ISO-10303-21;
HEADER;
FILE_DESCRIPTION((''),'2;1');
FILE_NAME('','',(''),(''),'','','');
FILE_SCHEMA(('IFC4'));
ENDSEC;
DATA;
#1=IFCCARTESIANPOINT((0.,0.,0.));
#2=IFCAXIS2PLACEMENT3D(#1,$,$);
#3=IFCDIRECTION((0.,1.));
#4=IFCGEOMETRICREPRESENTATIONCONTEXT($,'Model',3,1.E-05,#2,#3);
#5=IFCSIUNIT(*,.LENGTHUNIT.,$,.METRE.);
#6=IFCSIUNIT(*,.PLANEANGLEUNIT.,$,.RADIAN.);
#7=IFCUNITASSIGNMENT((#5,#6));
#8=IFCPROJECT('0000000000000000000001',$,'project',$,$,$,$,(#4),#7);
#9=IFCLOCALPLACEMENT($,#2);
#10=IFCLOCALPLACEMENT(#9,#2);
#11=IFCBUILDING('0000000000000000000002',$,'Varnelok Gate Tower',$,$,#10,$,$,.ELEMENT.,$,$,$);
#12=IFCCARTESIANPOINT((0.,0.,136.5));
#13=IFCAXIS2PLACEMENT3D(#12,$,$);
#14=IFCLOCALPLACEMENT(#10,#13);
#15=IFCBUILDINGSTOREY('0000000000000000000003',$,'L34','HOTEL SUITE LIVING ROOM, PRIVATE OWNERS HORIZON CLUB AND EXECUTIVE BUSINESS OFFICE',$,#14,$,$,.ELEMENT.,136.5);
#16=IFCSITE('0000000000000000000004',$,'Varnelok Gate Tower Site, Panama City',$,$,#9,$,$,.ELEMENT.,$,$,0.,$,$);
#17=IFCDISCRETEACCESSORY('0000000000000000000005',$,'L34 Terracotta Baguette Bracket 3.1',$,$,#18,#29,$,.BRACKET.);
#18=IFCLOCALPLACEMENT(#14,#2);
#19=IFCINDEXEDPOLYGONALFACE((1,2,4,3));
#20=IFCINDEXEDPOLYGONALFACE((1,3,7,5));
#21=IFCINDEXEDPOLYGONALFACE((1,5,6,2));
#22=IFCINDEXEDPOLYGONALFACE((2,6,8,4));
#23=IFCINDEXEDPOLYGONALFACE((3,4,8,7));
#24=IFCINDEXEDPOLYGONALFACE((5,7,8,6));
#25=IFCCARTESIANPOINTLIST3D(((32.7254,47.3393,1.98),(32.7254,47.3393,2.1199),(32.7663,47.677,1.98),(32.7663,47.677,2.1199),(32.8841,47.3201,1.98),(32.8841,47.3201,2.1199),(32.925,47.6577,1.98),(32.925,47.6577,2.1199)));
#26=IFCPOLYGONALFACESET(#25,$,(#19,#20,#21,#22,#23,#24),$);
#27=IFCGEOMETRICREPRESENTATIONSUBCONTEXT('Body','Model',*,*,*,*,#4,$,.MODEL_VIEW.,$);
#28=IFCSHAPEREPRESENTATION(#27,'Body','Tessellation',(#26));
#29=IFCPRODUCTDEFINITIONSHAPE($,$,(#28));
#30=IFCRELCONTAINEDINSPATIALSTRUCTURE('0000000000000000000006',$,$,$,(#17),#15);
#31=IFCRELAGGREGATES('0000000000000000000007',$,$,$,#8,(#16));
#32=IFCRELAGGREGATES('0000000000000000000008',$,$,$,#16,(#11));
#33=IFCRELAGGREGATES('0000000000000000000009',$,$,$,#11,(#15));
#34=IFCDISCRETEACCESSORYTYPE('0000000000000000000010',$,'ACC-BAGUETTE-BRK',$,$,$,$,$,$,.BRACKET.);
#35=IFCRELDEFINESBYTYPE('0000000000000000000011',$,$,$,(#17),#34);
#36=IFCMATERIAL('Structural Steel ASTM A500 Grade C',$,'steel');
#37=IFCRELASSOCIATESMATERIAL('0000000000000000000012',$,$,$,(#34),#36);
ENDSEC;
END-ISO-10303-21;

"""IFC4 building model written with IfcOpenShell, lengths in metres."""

from ifc_helpers import new_model, si_unit, direction, frame, origin, origin_2d, place, context, subcontext, project, spatial, rectangle, extrude, source, transform, mapped, material, type_object, element, save


model = new_model("IFC4")

# Units and contexts
model_context = context("Model", 3, precision=1e-05, world=origin(), true_north=direction((0.0, 1.0)))
body_context = subcontext(model_context, "Body", "Model", "MODEL_VIEW")
ifc_project = project(units=[si_unit("LENGTHUNIT", "METRE"), si_unit("PLANEANGLEUNIT", "RADIAN")], contexts=[model_context])

# Site, building, storey
site_placement = place(None, origin())
site = spatial("IfcSite", under=ifc_project, at=site_placement, Name="Varnelok Gate Tower Site, Panama City", CompositionType="ELEMENT", RefElevation=0.0)
building_placement = place(site_placement, origin())
building = spatial("IfcBuilding", under=site, at=building_placement, Name="Varnelok Gate Tower", CompositionType="ELEMENT")
storey_placement = place(building_placement, frame((0.0, 0.0, 136.5)))
storey = spatial("IfcBuildingStorey", under=building, at=storey_placement, Name="L34", Description="HOTEL SUITE LIVING ROOM, PRIVATE OWNERS HORIZON CLUB AND EXECUTIVE BUSINESS OFFICE", CompositionType="ELEMENT", Elevation=136.5)

# Discrete accessory
ifc_material_1 = material(Name="Structural Steel ASTM A500 Grade C", Category="steel")
discrete_accessory_type = type_object("IfcDiscreteAccessoryType", Name="ACC-BAGUETTE-BRK", PredefinedType="BRACKET", material=ifc_material_1)
shared_shape_1 = source(origin(), body_context, "Body", "SweptSolid", [
    extrude(rectangle(XDim=0.1599, YDim=0.3401, at=origin_2d()), origin(), (0.0, 0.0, 1.0), 0.1399),
])
discrete_accessory_placement = place(storey_placement, frame((32.8252, 47.4985, 1.98), z_axis=(0.0, 0.0, 1.0), x_axis=(0.992732, -0.120345, 0.0)))
element("IfcDiscreteAccessory", 1, at=discrete_accessory_placement, inside=storey, type_object=discrete_accessory_type, Name="L34 Terracotta Baguette Bracket 3.1", PredefinedType="BRACKET", context=body_context, shape_type="MappedRepresentation", body=[
    mapped(shared_shape_1, transform((0.0, 0.0, 0.0), scale=1.0)),
])

save(model, "model.ifc")
